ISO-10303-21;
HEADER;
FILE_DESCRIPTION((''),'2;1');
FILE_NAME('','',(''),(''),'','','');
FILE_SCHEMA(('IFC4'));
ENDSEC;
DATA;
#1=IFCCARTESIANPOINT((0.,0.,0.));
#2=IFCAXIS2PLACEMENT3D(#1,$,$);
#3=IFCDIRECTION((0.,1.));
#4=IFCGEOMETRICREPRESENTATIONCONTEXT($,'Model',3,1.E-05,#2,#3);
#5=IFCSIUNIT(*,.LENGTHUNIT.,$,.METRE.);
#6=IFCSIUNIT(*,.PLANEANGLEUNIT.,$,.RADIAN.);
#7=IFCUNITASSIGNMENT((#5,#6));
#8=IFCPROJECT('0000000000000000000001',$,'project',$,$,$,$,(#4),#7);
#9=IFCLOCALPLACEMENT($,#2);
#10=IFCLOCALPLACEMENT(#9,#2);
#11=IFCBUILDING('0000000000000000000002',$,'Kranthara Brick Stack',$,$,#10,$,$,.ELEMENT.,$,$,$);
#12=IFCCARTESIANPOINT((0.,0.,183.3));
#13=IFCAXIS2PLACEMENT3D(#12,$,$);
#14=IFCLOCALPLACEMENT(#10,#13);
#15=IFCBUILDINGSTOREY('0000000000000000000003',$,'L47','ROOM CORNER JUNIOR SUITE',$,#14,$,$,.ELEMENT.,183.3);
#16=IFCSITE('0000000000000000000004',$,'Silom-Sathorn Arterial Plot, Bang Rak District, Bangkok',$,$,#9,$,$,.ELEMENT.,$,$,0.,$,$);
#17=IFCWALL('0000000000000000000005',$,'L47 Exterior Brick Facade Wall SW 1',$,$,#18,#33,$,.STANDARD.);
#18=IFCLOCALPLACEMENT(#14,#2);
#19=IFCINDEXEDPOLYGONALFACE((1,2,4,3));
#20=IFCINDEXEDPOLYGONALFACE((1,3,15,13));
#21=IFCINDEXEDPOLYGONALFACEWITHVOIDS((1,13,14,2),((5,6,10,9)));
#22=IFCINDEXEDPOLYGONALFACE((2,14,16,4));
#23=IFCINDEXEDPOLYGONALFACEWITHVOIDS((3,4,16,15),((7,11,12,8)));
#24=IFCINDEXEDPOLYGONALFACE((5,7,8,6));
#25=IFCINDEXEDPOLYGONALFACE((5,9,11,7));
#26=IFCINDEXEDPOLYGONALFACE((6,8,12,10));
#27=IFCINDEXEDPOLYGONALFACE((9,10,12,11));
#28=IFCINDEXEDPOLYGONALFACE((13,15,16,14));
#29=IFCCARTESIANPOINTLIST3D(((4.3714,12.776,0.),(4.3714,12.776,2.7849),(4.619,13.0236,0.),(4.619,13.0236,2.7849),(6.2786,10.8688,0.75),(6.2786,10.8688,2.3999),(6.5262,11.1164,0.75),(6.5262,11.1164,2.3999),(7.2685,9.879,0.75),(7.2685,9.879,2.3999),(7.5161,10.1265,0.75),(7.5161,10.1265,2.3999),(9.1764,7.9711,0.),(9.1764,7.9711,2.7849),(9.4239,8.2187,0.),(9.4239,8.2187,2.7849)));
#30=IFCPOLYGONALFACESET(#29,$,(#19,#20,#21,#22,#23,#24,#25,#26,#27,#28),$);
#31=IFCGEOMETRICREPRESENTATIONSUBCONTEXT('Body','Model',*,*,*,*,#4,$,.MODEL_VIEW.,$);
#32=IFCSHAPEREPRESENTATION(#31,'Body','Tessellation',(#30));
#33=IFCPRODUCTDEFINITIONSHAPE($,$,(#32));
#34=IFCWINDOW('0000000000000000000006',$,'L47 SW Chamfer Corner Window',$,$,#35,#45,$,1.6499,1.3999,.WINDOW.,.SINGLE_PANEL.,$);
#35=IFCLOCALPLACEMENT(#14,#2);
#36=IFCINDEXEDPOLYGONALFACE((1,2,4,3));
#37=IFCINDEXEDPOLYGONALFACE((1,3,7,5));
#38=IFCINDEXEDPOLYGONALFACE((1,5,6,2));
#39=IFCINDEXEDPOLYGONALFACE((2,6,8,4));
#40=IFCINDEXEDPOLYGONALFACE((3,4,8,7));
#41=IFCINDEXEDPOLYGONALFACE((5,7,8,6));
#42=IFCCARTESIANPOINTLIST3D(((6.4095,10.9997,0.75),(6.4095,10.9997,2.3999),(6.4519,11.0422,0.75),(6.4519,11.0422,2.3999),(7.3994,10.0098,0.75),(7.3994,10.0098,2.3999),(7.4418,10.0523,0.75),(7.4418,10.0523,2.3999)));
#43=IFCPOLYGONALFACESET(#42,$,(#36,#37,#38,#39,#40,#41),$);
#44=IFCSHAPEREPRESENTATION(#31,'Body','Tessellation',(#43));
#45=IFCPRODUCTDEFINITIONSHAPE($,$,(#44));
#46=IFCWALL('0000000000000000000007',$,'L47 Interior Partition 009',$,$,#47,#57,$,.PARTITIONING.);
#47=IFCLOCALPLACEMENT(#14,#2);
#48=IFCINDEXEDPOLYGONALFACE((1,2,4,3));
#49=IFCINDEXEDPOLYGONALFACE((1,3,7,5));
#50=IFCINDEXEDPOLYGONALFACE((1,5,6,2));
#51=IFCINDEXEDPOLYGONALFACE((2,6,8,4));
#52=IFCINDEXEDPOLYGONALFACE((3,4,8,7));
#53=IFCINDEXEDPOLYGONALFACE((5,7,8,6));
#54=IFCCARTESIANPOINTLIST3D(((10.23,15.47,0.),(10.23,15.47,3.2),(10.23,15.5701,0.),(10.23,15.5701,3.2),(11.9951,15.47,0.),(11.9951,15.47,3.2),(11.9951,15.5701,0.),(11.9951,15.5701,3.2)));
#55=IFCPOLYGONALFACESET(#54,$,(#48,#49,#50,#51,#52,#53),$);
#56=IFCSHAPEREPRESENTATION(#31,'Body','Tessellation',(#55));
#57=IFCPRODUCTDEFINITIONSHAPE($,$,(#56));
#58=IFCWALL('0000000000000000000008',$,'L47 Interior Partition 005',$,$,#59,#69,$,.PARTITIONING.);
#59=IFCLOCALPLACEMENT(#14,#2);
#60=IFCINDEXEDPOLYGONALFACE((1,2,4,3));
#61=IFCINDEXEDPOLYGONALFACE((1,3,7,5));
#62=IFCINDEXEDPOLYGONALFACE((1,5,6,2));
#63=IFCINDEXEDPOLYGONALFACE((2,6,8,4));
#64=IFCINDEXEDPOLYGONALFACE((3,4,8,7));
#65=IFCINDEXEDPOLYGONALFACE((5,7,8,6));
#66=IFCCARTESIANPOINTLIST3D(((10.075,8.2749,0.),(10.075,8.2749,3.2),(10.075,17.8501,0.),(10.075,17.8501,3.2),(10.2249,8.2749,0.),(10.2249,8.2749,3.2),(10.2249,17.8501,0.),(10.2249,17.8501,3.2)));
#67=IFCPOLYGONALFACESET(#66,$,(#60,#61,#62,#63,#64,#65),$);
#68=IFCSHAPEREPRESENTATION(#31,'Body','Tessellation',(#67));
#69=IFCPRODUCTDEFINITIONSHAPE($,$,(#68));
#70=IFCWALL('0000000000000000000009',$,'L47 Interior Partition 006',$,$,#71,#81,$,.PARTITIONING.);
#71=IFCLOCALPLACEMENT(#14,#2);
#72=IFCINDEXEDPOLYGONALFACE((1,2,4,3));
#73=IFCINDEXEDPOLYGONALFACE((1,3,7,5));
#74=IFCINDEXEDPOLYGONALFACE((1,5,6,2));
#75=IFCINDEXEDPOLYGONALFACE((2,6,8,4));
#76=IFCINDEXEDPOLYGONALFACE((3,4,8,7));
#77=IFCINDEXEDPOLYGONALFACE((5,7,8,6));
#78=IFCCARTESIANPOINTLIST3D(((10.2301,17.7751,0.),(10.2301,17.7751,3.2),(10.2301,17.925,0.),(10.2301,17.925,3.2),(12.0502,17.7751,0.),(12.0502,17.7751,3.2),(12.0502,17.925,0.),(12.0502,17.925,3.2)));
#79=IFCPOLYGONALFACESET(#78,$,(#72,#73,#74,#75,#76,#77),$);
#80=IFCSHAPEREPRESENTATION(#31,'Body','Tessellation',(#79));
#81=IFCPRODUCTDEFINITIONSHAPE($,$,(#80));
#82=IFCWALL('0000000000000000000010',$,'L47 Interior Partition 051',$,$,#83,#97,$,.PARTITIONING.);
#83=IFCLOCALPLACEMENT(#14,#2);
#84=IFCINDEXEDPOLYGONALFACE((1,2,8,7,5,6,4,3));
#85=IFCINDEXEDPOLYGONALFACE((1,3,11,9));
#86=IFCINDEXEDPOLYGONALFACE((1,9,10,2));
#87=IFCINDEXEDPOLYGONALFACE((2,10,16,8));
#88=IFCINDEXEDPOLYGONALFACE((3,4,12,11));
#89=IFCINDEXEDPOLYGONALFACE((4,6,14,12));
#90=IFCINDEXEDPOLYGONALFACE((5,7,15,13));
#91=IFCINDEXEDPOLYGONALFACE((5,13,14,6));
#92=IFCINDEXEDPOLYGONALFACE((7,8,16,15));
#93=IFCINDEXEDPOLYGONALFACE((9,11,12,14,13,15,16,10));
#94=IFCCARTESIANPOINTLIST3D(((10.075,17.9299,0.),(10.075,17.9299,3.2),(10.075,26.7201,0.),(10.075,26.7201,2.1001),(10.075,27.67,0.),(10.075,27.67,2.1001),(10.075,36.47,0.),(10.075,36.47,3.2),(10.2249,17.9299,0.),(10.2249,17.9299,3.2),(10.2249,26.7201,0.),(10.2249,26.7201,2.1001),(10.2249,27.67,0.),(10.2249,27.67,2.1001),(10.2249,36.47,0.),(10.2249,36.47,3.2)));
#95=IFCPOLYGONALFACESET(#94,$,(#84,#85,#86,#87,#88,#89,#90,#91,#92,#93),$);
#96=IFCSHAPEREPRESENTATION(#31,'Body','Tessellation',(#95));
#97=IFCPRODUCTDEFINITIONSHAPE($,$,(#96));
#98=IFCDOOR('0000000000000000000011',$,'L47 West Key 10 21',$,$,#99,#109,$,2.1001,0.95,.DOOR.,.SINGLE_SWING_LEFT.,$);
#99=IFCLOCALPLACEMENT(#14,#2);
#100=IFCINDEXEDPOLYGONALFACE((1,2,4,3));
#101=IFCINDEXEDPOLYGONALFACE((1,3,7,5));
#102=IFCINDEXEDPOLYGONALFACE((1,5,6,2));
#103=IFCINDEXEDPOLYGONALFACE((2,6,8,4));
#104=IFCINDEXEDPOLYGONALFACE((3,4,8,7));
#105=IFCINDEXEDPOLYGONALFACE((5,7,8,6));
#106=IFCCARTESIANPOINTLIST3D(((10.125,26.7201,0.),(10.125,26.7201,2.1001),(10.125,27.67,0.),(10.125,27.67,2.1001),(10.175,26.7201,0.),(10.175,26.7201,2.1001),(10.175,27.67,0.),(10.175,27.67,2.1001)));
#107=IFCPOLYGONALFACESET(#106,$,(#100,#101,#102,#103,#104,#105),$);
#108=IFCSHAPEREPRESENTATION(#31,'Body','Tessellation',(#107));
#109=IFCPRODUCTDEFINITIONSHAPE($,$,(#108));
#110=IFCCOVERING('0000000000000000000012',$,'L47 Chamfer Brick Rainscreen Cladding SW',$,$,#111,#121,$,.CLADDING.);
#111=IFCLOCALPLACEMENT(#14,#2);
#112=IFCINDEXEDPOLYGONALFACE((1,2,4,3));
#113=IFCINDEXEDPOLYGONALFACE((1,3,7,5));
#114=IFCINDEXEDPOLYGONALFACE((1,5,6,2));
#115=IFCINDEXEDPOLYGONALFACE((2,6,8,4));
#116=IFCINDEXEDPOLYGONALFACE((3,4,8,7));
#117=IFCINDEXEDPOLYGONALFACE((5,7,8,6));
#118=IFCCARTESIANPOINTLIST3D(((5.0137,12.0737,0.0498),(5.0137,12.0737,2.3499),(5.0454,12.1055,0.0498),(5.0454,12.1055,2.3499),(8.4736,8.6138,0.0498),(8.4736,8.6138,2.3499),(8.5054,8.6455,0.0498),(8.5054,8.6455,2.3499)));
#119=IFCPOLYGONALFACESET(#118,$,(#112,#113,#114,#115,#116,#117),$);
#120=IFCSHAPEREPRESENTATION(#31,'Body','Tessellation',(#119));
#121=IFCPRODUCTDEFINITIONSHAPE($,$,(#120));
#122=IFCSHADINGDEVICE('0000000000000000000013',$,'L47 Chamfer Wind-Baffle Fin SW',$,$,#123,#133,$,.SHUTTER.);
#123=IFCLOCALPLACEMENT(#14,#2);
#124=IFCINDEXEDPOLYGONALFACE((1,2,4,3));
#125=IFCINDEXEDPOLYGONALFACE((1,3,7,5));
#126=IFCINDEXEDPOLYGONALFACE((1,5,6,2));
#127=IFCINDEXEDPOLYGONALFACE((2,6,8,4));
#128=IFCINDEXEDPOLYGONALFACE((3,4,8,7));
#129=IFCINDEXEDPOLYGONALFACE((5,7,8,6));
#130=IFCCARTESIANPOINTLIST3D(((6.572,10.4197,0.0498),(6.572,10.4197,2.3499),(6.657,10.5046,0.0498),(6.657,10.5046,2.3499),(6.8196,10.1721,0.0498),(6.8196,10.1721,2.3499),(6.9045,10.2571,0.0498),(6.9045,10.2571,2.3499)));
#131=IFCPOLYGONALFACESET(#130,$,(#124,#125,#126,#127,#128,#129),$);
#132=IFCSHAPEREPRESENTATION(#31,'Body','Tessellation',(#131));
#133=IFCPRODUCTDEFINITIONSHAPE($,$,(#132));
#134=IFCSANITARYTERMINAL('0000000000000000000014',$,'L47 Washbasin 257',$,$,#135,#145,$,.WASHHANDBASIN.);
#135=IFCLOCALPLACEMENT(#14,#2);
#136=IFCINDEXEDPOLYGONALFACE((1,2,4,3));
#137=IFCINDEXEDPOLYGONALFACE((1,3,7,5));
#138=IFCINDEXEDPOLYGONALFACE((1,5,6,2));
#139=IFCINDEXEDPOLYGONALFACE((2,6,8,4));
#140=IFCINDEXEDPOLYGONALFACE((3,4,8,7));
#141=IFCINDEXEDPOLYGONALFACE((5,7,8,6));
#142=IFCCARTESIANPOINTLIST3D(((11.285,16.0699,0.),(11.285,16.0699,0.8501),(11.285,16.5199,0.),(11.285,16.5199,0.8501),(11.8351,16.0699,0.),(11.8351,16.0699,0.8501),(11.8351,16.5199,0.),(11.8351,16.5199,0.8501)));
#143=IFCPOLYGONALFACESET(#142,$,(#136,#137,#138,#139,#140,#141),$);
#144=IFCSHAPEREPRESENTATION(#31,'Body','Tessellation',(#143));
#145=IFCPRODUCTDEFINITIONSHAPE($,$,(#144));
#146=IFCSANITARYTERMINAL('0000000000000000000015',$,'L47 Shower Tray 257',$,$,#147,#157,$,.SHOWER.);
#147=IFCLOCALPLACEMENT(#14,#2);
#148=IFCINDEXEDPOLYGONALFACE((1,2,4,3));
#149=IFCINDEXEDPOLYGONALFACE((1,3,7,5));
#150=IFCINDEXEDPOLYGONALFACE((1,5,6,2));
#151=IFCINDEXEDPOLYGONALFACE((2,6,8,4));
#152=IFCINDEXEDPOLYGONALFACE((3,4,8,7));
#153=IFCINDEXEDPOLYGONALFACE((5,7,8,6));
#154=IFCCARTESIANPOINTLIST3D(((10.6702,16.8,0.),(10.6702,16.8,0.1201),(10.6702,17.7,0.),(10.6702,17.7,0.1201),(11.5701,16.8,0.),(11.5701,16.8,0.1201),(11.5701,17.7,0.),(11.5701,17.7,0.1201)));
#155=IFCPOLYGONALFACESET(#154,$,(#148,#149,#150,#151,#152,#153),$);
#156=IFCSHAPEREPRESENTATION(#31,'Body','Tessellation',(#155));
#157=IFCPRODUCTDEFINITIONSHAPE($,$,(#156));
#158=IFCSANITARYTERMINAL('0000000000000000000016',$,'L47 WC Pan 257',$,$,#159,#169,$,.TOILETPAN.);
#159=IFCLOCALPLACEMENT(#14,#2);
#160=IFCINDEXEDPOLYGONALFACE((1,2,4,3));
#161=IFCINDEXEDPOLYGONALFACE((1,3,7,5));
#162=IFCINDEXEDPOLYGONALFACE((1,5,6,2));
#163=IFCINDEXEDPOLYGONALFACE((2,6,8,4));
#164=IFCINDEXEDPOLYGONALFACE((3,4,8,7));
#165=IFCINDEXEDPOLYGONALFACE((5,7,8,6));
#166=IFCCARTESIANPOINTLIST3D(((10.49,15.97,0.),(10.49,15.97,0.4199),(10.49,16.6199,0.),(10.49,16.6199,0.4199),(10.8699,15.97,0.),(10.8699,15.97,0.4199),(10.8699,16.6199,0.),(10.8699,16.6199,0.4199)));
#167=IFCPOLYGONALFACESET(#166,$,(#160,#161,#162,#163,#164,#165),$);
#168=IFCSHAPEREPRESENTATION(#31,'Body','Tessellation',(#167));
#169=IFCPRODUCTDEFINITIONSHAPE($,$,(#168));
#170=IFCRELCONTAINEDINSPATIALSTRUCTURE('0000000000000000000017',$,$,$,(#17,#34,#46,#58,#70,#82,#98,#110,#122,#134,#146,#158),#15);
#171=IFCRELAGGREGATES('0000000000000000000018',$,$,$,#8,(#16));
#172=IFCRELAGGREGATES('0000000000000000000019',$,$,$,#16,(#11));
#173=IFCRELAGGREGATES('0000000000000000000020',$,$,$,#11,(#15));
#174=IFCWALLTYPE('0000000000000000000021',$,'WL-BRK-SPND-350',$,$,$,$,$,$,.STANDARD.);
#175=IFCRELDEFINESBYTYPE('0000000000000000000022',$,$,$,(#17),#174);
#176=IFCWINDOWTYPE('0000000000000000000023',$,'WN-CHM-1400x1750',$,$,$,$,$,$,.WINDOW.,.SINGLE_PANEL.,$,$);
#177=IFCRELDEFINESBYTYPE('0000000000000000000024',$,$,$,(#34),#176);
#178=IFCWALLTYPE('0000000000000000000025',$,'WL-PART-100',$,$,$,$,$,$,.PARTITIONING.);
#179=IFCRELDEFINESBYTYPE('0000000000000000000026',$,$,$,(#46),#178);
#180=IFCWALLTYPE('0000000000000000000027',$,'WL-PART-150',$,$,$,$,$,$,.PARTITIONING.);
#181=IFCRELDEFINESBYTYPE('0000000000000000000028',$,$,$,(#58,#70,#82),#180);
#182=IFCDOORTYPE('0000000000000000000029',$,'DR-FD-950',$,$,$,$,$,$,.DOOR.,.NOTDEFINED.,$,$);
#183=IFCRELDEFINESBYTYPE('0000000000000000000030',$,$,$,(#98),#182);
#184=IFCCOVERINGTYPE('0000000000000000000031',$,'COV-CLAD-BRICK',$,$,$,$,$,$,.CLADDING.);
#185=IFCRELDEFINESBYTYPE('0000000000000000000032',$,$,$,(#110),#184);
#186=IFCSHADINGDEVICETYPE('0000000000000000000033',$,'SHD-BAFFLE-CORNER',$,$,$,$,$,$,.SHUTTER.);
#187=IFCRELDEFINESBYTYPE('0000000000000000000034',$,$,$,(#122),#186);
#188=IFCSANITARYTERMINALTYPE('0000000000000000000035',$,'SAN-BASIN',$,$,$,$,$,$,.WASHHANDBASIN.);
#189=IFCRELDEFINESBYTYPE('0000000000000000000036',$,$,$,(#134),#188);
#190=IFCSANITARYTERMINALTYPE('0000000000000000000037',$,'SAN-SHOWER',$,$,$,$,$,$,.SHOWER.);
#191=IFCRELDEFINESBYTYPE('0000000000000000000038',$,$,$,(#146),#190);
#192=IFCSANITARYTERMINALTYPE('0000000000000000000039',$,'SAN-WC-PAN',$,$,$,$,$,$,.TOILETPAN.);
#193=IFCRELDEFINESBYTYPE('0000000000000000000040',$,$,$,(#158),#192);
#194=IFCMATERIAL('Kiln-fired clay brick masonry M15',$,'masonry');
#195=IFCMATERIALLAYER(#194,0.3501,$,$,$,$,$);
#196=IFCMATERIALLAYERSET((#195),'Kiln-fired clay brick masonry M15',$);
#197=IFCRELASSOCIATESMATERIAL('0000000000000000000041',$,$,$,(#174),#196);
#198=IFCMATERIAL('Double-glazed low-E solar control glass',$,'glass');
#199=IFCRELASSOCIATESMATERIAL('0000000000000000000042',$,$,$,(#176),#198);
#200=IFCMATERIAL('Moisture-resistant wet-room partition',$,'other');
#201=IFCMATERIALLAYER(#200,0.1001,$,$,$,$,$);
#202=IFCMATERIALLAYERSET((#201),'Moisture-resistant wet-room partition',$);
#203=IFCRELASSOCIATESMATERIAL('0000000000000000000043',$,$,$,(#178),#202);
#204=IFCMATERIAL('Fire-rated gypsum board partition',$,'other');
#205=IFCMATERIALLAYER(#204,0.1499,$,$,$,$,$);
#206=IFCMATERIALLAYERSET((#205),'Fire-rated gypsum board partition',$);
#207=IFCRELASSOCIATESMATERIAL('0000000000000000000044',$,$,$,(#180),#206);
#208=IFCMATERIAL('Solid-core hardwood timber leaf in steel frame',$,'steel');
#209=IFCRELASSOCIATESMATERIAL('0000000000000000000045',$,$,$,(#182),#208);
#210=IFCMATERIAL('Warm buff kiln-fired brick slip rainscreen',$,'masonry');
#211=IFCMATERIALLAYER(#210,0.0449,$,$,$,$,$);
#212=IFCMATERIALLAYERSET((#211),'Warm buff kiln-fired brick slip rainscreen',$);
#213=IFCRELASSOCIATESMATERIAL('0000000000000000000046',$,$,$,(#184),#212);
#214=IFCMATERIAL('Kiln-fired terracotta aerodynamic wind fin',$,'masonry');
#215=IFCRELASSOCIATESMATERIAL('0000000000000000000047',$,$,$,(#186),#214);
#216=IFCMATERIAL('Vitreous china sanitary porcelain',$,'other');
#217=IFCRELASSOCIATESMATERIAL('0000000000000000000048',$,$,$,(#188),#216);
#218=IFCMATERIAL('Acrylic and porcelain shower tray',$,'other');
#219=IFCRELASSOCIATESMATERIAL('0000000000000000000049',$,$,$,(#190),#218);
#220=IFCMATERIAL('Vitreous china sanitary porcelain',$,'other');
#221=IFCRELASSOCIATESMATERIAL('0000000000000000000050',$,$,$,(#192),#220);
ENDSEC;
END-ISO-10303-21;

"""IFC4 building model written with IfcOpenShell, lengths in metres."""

from ifc_helpers import new_model, si_unit, direction, frame, frame_2d, origin, origin_2d, place, context, subcontext, project, spatial, rectangle, extrude, material, layer, layer_set, type_object, element, fill, save


model = new_model("IFC4")

# Units and contexts
model_context = context("Model", 3, precision=1e-05, world=origin(), true_north=direction((0.0, 1.0)))
body_context = subcontext(model_context, "Body", "Model", "MODEL_VIEW")
ifc_project = project(units=[si_unit("LENGTHUNIT", "METRE"), si_unit("PLANEANGLEUNIT", "RADIAN")], contexts=[model_context])

# Site, building, storey
site_placement = place(None, origin())
site = spatial("IfcSite", under=ifc_project, at=site_placement, Name="Silom-Sathorn Arterial Plot, Bang Rak District, Bangkok", CompositionType="ELEMENT", RefElevation=0.0)
building_placement = place(site_placement, origin())
building = spatial("IfcBuilding", under=site, at=building_placement, Name="Kranthara Brick Stack", CompositionType="ELEMENT")
storey_placement = place(building_placement, frame((0.0, 0.0, 183.3)))
storey = spatial("IfcBuildingStorey", under=building, at=storey_placement, Name="L47", Description="ROOM CORNER JUNIOR SUITE", CompositionType="ELEMENT", Elevation=183.3)

# Wall, opening, window
ifc_material_1 = material(Name="Kiln-fired clay brick masonry M15", Category="masonry")
ifc_layer_1 = layer(ifc_material_1, 0.3501)
ifc_layer_set_1 = layer_set([ifc_layer_1], Name="Kiln-fired clay brick masonry M15")
wall_type_1 = type_object("IfcWallType", Name="WL-BRK-SPND-350", PredefinedType="STANDARD", material=ifc_layer_set_1)
wall_1_placement = place(storey_placement, frame((9.3, 8.095, 0.0), z_axis=(0.0, 0.0, 1.0), x_axis=(-0.707107, 0.707107, 0.0)))
wall_1 = element("IfcWall", 1, at=wall_1_placement, inside=storey, type_object=wall_type_1, Name="L47 Exterior Brick Facade Wall SW 1", PredefinedType="STANDARD", context=body_context, shape_type="SweptSolid", body=[
    extrude(rectangle(XDim=6.7952, YDim=0.3501, at=frame_2d((3.3975, 0.0))), origin(), (0.0, 0.0, 1.0), 2.7849),
])
opening_1_placement = place(wall_1_placement, frame((2.698, 0.0, 0.75)))
opening_1 = element("IfcOpeningElement", 2, at=opening_1_placement, cuts=wall_1, PredefinedType="OPENING", context=body_context, shape_type="SweptSolid", body=[
    extrude(rectangle(XDim=1.3999, YDim=1.6499, at=frame_2d((0.7, 0.825))), frame((0.0, 0.1851, 0.0), z_axis=(0.0, -1.0, 0.0), x_axis=(1.0, 0.0, 0.0)), (0.0, 0.0, 1.0), 0.3701),
])
ifc_material_2 = material(Name="Double-glazed low-E solar control glass", Category="glass")
window_type = type_object("IfcWindowType", Name="WN-CHM-1400x1750", PartitioningType="SINGLE_PANEL", PredefinedType="WINDOW", material=ifc_material_2)
window_placement = place(opening_1_placement, origin())
window = element("IfcWindow", 3, at=window_placement, inside=storey, type_object=window_type, Name="L47 SW Chamfer Corner Window", OverallHeight=1.6499, OverallWidth=1.3999, PartitioningType="SINGLE_PANEL", PredefinedType="WINDOW", context=body_context, shape_type="SweptSolid", body=[
    extrude(rectangle(XDim=1.3999, YDim=1.6499, at=frame_2d((0.7, 0.825))), frame((0.0, -0.01, 0.0), z_axis=(0.0, -1.0, 0.0), x_axis=(1.0, 0.0, 0.0)), (0.0, 0.0, 1.0), 0.0601),
])
fill(opening_1, window)

# Walls
ifc_material_3 = material(Name="Moisture-resistant wet-room partition", Category="other")
ifc_layer_2 = layer(ifc_material_3, 0.1001)
ifc_layer_set_2 = layer_set([ifc_layer_2], Name="Moisture-resistant wet-room partition")
wall_type_2 = type_object("IfcWallType", Name="WL-PART-100", PredefinedType="PARTITIONING", material=ifc_layer_set_2)
wall_2_placement = place(storey_placement, frame((10.23, 15.52, 0.0), z_axis=(0.0, 0.0, 1.0), x_axis=(1.0, 0.0, 0.0)))
element("IfcWall", 4, at=wall_2_placement, inside=storey, type_object=wall_type_2, Name="L47 Interior Partition 009", PredefinedType="PARTITIONING", context=body_context, shape_type="SweptSolid", body=[
    extrude(rectangle(XDim=1.7651, YDim=0.1001, at=frame_2d((0.8826, 0.0))), origin(), (0.0, 0.0, 1.0), 3.2),
])
ifc_material_4 = material(Name="Fire-rated gypsum board partition", Category="other")
ifc_layer_3 = layer(ifc_material_4, 0.1499)
ifc_layer_set_3 = layer_set([ifc_layer_3], Name="Fire-rated gypsum board partition")
wall_type_3 = type_object("IfcWallType", Name="WL-PART-150", PredefinedType="PARTITIONING", material=ifc_layer_set_3)
wall_3_placement = place(storey_placement, frame((10.1499, 8.2749, 0.0), z_axis=(0.0, 0.0, 1.0), x_axis=(0.0, 1.0, 0.0)))
element("IfcWall", 5, at=wall_3_placement, inside=storey, type_object=wall_type_3, Name="L47 Interior Partition 005", PredefinedType="PARTITIONING", context=body_context, shape_type="SweptSolid", body=[
    extrude(rectangle(XDim=9.5752, YDim=0.1499, at=frame_2d((4.7876, 0.0))), origin(), (0.0, 0.0, 1.0), 3.2),
])
wall_4_placement = place(storey_placement, frame((10.23, 17.8501, 0.0), z_axis=(0.0, 0.0, 1.0), x_axis=(1.0, 0.0, 0.0)))
element("IfcWall", 6, at=wall_4_placement, inside=storey, type_object=wall_type_3, Name="L47 Interior Partition 006", PredefinedType="PARTITIONING", context=body_context, shape_type="SweptSolid", body=[
    extrude(rectangle(XDim=1.8201, YDim=0.1499, at=frame_2d((0.9102, 0.0))), origin(), (0.0, 0.0, 1.0), 3.2),
])

# Wall, opening, door
wall_5_placement = place(storey_placement, frame((10.1499, 17.9299, 0.0), z_axis=(0.0, 0.0, 1.0), x_axis=(0.0, 1.0, 0.0)))
wall_5 = element("IfcWall", 7, at=wall_5_placement, inside=storey, type_object=wall_type_3, Name="L47 Interior Partition 051", PredefinedType="PARTITIONING", context=body_context, shape_type="SweptSolid", body=[
    extrude(rectangle(XDim=18.54, YDim=0.1499, at=frame_2d((9.27, 0.0))), origin(), (0.0, 0.0, 1.0), 3.2),
])
opening_2_placement = place(wall_5_placement, frame((8.79, 0.0, 0.0)))
opening_2 = element("IfcOpeningElement", 8, at=opening_2_placement, cuts=wall_5, PredefinedType="OPENING", context=body_context, shape_type="SweptSolid", body=[
    extrude(rectangle(XDim=0.95, YDim=2.1001, at=frame_2d((0.4751, 1.05))), frame((0.0, 0.085, 0.0), z_axis=(0.0, -1.0, 0.0), x_axis=(1.0, 0.0, 0.0)), (0.0, 0.0, 1.0), 0.1699),
])
ifc_material_5 = material(Name="Solid-core hardwood timber leaf in steel frame", Category="steel")
door_type = type_object("IfcDoorType", Name="DR-FD-950", OperationType="NOTDEFINED", PredefinedType="DOOR", material=ifc_material_5)
door_placement = place(opening_2_placement, origin())
door = element("IfcDoor", 9, at=door_placement, inside=storey, type_object=door_type, Name="L47 West Key 10 21", OperationType="SINGLE_SWING_LEFT", OverallHeight=2.1001, OverallWidth=0.95, PredefinedType="DOOR", context=body_context, shape_type="SweptSolid", body=[
    extrude(rectangle(XDim=0.95, YDim=2.1001, at=frame_2d((0.4751, 1.05))), frame((0.0, 0.0249, 0.0), z_axis=(0.0, -1.0, 0.0), x_axis=(1.0, 0.0, 0.0)), (0.0, 0.0, 1.0), 0.05),
])
fill(opening_2, door)

# Covering
ifc_material_6 = material(Name="Warm buff kiln-fired brick slip rainscreen", Category="masonry")
ifc_layer_4 = layer(ifc_material_6, 0.0449)
ifc_layer_set_4 = layer_set([ifc_layer_4], Name="Warm buff kiln-fired brick slip rainscreen")
covering_type = type_object("IfcCoveringType", Name="COV-CLAD-BRICK", PredefinedType="CLADDING", material=ifc_layer_set_4)
covering_placement = place(storey_placement, frame((6.7595, 10.3596, 0.0498), z_axis=(0.0, 0.0, 1.0), x_axis=(-0.707107, 0.707107, 0.0)))
element("IfcCovering", 10, at=covering_placement, inside=storey, type_object=covering_type, Name="L47 Chamfer Brick Rainscreen Cladding SW", PredefinedType="CLADDING", context=body_context, shape_type="SweptSolid", body=[
    extrude(rectangle(XDim=4.8931, YDim=0.0449, at=origin_2d()), origin(), (0.0, 0.0, 1.0), 2.3),
])

# Shading device
ifc_material_7 = material(Name="Kiln-fired terracotta aerodynamic wind fin", Category="masonry")
shading_device_type = type_object("IfcShadingDeviceType", Name="SHD-BAFFLE-CORNER", PredefinedType="SHUTTER", material=ifc_material_7)
shading_device_placement = place(storey_placement, frame((6.7383, 10.3384, 0.0498), z_axis=(0.0, 0.0, 1.0), x_axis=(-0.707107, 0.707107, 0.0)))
element("IfcShadingDevice", 11, at=shading_device_placement, inside=storey, type_object=shading_device_type, Name="L47 Chamfer Wind-Baffle Fin SW", PredefinedType="SHUTTER", context=body_context, shape_type="SweptSolid", body=[
    extrude(rectangle(XDim=0.3501, YDim=0.1201, at=origin_2d()), origin(), (0.0, 0.0, 1.0), 2.3),
])

# Sanitary terminals
ifc_material_8 = material(Name="Vitreous china sanitary porcelain", Category="other")
sanitary_terminal_type_1 = type_object("IfcSanitaryTerminalType", Name="SAN-BASIN", PredefinedType="WASHHANDBASIN", material=ifc_material_8)
sanitary_terminal_1_placement = place(storey_placement, frame((11.5601, 16.2949, 0.0), z_axis=(0.0, 0.0, 1.0), x_axis=(1.0, 0.0, 0.0)))
element("IfcSanitaryTerminal", 12, at=sanitary_terminal_1_placement, inside=storey, type_object=sanitary_terminal_type_1, Name="L47 Washbasin 257", PredefinedType="WASHHANDBASIN", context=body_context, shape_type="SweptSolid", body=[
    extrude(rectangle(XDim=0.55, YDim=0.45, at=origin_2d()), origin(), (0.0, 0.0, 1.0), 0.8501),
])
ifc_material_9 = material(Name="Acrylic and porcelain shower tray", Category="other")
sanitary_terminal_type_2 = type_object("IfcSanitaryTerminalType", Name="SAN-SHOWER", PredefinedType="SHOWER", material=ifc_material_9)
sanitary_terminal_2_placement = place(storey_placement, frame((11.1201, 17.25, 0.0), z_axis=(0.0, 0.0, 1.0), x_axis=(1.0, 0.0, 0.0)))
element("IfcSanitaryTerminal", 13, at=sanitary_terminal_2_placement, inside=storey, type_object=sanitary_terminal_type_2, Name="L47 Shower Tray 257", PredefinedType="SHOWER", context=body_context, shape_type="SweptSolid", body=[
    extrude(rectangle(XDim=0.8999, YDim=0.8999, at=origin_2d()), origin(), (0.0, 0.0, 1.0), 0.1201),
])
ifc_material_10 = material(Name="Vitreous china sanitary porcelain", Category="other")
sanitary_terminal_type_3 = type_object("IfcSanitaryTerminalType", Name="SAN-WC-PAN", PredefinedType="TOILETPAN", material=ifc_material_10)
sanitary_terminal_3_placement = place(storey_placement, frame((10.6799, 16.2949, 0.0), z_axis=(0.0, 0.0, 1.0), x_axis=(1.0, 0.0, 0.0)))
element("IfcSanitaryTerminal", 14, at=sanitary_terminal_3_placement, inside=storey, type_object=sanitary_terminal_type_3, Name="L47 WC Pan 257", PredefinedType="TOILETPAN", context=body_context, shape_type="SweptSolid", body=[
    extrude(rectangle(XDim=0.3799, YDim=0.6499, at=origin_2d()), origin(), (0.0, 0.0, 1.0), 0.4199),
])

save(model, "model.ifc")
